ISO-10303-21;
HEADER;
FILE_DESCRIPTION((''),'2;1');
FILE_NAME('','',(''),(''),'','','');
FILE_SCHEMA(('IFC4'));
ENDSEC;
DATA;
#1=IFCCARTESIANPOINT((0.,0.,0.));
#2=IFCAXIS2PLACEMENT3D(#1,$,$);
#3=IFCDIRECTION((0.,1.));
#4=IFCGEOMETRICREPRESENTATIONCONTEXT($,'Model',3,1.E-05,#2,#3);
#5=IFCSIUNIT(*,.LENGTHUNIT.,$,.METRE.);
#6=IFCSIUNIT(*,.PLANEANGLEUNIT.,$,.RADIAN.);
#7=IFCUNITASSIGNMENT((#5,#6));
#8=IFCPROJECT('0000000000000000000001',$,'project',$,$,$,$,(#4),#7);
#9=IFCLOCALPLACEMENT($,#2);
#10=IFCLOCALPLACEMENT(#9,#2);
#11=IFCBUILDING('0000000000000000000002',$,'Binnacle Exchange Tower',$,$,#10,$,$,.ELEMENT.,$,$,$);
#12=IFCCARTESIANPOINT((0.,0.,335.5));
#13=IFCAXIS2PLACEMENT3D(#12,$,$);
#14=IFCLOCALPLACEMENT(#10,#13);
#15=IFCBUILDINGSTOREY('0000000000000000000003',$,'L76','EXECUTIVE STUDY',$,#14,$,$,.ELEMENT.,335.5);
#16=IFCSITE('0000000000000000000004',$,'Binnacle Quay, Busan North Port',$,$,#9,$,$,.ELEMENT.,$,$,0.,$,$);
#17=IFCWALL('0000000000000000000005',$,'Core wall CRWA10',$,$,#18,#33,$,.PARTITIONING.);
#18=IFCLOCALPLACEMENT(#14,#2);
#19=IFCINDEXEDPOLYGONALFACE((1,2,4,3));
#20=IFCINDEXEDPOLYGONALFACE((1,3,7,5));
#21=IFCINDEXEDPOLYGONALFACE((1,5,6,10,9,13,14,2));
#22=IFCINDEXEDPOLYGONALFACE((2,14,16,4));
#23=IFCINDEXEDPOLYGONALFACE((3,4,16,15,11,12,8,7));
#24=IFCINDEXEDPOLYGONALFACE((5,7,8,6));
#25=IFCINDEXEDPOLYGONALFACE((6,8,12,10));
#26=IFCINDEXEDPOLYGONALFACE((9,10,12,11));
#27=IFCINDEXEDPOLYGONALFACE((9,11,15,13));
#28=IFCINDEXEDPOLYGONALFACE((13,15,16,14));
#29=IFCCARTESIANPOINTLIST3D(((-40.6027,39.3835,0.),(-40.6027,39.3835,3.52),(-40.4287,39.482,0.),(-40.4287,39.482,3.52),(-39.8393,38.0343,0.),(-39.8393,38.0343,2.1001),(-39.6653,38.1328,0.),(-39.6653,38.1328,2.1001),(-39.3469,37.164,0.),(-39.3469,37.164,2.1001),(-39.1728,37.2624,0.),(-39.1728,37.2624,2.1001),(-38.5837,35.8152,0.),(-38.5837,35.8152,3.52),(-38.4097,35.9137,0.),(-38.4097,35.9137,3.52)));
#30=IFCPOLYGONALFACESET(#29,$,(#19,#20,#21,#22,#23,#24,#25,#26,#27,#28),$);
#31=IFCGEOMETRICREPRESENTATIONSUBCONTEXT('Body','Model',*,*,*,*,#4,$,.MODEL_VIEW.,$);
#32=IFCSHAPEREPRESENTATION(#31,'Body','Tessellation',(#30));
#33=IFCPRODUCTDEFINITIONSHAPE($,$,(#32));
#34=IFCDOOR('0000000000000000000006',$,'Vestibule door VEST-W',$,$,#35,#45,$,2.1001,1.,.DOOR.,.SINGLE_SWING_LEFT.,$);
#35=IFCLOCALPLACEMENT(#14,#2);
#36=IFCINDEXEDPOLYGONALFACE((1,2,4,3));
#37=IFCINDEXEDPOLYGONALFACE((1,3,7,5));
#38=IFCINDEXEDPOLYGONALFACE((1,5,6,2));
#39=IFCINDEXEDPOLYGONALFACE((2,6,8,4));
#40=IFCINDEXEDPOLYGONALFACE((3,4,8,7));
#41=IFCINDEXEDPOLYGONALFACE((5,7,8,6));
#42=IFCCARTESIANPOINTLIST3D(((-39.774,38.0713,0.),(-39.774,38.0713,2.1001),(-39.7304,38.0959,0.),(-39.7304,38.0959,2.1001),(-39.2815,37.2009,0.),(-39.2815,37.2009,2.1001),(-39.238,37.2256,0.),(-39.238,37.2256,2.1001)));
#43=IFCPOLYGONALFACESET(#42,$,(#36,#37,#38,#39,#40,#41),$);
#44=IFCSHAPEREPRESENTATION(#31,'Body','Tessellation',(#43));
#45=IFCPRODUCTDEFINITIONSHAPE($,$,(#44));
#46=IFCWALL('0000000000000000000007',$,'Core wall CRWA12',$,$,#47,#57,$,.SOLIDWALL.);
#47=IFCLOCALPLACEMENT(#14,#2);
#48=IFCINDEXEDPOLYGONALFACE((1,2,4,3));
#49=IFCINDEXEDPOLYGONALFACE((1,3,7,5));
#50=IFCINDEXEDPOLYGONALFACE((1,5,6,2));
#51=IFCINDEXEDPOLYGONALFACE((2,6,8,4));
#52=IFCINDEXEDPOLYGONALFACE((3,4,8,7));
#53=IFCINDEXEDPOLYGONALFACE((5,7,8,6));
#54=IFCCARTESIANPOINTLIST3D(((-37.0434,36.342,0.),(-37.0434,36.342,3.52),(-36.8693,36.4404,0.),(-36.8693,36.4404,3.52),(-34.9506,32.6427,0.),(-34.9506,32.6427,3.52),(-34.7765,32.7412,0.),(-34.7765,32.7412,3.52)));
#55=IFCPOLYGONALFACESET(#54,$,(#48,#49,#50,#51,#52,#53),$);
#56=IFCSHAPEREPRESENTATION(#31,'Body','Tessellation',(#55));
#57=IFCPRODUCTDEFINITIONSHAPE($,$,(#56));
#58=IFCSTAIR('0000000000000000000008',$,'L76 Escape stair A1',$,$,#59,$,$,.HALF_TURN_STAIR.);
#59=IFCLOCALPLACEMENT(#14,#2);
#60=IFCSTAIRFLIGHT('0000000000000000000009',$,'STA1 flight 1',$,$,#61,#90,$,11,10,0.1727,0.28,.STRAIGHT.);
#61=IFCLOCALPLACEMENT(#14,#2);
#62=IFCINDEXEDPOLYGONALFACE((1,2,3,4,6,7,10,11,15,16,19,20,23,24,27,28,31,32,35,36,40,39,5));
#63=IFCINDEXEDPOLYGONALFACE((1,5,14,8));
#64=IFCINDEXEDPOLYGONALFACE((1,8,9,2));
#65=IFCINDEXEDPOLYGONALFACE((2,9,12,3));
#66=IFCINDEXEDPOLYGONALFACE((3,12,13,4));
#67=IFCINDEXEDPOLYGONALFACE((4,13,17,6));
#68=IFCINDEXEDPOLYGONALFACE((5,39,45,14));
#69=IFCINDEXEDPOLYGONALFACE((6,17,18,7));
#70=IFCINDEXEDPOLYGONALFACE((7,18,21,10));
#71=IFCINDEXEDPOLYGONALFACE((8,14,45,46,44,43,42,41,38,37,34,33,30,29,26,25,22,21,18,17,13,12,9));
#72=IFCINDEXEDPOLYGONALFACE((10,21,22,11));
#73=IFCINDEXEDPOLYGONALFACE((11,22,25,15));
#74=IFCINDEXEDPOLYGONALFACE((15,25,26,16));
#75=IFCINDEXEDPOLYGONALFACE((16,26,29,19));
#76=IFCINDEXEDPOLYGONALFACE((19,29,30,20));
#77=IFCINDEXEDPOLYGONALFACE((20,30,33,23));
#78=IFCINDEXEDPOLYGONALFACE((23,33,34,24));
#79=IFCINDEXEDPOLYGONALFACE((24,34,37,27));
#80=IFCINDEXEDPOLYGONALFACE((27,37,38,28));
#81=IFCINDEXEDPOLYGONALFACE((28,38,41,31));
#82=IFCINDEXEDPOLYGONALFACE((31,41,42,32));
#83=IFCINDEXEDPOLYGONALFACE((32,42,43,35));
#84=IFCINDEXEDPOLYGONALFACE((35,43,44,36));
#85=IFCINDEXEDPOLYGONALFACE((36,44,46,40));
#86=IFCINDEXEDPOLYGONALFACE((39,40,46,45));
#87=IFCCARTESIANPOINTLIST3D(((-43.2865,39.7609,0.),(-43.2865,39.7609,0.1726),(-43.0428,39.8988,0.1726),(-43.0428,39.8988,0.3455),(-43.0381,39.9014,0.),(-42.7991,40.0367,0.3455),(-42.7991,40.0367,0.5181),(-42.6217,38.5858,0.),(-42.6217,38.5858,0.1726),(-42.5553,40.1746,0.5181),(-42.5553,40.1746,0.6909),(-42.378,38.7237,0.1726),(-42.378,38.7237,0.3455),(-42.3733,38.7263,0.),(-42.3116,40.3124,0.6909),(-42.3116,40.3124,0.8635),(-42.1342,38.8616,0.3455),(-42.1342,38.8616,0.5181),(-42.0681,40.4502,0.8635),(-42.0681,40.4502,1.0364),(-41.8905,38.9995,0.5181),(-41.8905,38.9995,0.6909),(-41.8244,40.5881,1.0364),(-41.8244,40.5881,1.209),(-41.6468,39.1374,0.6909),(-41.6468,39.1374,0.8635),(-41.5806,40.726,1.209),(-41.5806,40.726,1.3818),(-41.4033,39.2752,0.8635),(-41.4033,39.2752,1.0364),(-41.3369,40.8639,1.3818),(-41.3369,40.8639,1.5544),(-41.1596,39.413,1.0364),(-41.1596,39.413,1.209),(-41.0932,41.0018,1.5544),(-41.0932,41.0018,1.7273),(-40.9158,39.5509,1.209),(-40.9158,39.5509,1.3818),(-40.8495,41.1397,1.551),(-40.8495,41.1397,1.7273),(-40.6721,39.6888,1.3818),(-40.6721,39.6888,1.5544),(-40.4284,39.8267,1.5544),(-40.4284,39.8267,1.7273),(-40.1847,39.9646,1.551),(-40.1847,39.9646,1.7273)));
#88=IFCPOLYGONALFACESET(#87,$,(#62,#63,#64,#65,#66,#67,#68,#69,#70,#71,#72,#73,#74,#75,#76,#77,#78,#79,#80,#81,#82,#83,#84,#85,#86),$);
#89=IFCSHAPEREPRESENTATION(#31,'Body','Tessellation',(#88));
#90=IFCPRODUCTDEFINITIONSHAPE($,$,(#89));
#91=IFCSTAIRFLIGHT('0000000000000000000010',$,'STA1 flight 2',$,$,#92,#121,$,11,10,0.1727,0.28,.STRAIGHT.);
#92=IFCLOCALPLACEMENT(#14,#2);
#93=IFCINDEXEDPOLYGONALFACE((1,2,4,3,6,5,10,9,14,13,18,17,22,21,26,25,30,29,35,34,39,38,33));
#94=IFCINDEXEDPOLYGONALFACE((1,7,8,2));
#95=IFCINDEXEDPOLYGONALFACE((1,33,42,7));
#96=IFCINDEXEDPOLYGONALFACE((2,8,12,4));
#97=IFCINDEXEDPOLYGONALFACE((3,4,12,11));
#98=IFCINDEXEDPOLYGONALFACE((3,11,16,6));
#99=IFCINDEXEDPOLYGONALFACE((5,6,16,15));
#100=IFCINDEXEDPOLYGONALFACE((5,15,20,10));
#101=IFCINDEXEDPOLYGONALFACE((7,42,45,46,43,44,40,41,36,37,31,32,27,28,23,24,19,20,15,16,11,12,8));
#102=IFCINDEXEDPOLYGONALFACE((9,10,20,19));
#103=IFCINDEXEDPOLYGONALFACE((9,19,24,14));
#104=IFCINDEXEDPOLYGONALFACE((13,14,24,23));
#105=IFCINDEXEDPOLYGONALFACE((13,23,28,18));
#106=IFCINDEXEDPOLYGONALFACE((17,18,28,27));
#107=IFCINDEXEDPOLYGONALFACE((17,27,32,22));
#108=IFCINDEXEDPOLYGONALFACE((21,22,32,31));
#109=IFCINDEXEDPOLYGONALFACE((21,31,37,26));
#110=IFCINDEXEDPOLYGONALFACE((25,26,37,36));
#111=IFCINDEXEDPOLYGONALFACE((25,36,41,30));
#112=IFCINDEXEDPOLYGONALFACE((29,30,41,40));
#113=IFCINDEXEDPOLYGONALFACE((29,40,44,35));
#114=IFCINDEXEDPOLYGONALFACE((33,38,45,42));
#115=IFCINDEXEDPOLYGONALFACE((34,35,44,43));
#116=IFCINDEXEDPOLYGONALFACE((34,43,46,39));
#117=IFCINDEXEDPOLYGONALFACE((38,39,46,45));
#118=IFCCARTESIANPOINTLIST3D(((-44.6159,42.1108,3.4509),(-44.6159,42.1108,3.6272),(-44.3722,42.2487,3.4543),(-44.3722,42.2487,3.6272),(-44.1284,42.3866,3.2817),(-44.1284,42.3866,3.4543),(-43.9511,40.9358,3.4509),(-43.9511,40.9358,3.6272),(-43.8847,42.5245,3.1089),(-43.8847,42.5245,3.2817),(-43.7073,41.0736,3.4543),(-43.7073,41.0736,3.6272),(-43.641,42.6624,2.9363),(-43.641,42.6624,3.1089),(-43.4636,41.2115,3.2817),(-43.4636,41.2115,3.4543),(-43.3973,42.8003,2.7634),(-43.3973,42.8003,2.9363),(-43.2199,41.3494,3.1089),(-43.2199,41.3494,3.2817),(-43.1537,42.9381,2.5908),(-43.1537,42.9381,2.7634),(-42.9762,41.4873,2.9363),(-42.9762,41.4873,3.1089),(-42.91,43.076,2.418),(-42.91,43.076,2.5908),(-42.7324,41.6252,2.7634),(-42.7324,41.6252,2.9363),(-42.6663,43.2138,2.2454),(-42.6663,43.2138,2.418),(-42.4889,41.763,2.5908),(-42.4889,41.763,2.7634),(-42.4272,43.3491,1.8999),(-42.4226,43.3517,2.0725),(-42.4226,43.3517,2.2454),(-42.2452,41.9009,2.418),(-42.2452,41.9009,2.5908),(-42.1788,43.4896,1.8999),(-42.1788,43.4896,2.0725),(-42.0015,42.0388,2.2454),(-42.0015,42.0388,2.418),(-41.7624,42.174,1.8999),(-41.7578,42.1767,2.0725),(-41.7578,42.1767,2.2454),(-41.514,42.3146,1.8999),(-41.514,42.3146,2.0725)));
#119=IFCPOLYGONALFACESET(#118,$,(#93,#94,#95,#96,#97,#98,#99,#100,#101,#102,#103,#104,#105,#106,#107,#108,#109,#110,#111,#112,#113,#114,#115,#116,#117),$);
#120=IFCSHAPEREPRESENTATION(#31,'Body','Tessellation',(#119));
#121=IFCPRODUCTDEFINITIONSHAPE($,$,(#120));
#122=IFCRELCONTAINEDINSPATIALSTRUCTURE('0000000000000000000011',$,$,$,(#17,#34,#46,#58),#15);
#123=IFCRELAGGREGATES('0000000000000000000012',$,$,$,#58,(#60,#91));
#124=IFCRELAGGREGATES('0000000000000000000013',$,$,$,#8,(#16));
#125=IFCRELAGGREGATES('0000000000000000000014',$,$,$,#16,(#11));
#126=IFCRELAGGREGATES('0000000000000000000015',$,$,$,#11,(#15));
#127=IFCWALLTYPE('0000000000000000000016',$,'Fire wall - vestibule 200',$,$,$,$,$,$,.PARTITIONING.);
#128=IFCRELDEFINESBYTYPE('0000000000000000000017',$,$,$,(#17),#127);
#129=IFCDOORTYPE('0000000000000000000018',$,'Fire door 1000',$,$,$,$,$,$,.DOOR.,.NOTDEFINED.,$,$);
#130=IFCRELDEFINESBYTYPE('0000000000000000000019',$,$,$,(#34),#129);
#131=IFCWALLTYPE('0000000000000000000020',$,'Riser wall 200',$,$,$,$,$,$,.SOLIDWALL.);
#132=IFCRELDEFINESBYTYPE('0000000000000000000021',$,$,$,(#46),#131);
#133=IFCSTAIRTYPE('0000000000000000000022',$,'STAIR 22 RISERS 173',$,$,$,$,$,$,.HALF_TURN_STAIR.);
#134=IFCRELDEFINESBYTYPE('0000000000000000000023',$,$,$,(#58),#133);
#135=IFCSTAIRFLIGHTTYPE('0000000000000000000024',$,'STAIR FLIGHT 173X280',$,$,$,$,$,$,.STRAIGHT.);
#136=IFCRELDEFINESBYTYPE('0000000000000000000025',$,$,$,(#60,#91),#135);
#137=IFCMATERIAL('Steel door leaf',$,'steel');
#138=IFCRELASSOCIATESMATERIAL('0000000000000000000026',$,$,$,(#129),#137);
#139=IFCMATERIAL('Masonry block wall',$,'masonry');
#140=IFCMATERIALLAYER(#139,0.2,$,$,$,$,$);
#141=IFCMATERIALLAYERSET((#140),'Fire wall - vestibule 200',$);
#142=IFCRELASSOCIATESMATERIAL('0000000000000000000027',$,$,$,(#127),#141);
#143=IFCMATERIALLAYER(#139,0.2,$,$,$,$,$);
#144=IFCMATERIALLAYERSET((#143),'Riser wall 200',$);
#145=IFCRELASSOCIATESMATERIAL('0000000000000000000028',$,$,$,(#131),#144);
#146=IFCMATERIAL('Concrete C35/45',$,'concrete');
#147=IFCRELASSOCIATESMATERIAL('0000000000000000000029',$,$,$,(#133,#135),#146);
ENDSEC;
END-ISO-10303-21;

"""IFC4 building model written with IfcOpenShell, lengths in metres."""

from ifc_helpers import new_model, si_unit, direction, frame, frame_2d, origin, place, context, subcontext, project, spatial, polyline, rectangle, outline, extrude, material, layer, layer_set, type_object, element, fill, aggregate, save


model = new_model("IFC4")

# Units and contexts
model_context = context("Model", 3, precision=1e-05, world=origin(), true_north=direction((0.0, 1.0)))
body_context = subcontext(model_context, "Body", "Model", "MODEL_VIEW")
ifc_project = project(units=[si_unit("LENGTHUNIT", "METRE"), si_unit("PLANEANGLEUNIT", "RADIAN")], contexts=[model_context])

# Site, building, storey
site_placement = place(None, origin())
site = spatial("IfcSite", under=ifc_project, at=site_placement, Name="Binnacle Quay, Busan North Port", CompositionType="ELEMENT", RefElevation=0.0)
building_placement = place(site_placement, origin())
building = spatial("IfcBuilding", under=site, at=building_placement, Name="Binnacle Exchange Tower", CompositionType="ELEMENT")
storey_placement = place(building_placement, frame((0.0, 0.0, 335.5)))
storey = spatial("IfcBuildingStorey", under=building, at=storey_placement, Name="L76", Description="EXECUTIVE STUDY", CompositionType="ELEMENT", Elevation=335.5)

# Shared definitions
ifc_material_1 = material(Name="Steel door leaf", Category="steel")

# Shared definitions
door_type_1 = type_object("IfcDoorType", Name="Fire door 1000", OperationType="NOTDEFINED", PredefinedType="DOOR", material=ifc_material_1)

# Wall, opening, door
ifc_material_2 = material(Name="Masonry block wall", Category="masonry")
ifc_layer_1 = layer(ifc_material_2, 0.2)
ifc_layer_set_1 = layer_set([ifc_layer_1], Name="Fire wall - vestibule 200")
wall_type_1 = type_object("IfcWallType", Name="Fire wall - vestibule 200", PredefinedType="PARTITIONING", material=ifc_layer_set_1)
wall_1_placement = place(storey_placement, frame((-40.5156, 39.4326, 0.0), z_axis=(0.0, 0.0, 1.0), x_axis=(0.492454, -0.870339, 0.0)))
wall_1 = element("IfcWall", 1, at=wall_1_placement, inside=storey, type_object=wall_type_1, Name="Core wall CRWA10", PredefinedType="PARTITIONING", context=body_context, shape_type="SweptSolid", body=[
    extrude(rectangle(XDim=4.0999, YDim=0.2, at=frame_2d((2.0498, 0.0))), origin(), (0.0, 0.0, 1.0), 3.52),
])
opening_1_placement = place(wall_1_placement, frame((1.55, 0.0, 0.0)))
opening_1 = element("IfcOpeningElement", 2, at=opening_1_placement, cuts=wall_1, PredefinedType="OPENING", context=body_context, shape_type="SweptSolid", body=[
    extrude(rectangle(XDim=1.0, YDim=2.1001, at=frame_2d((0.5, 1.05))), frame((0.0, 0.1099, 0.0), z_axis=(0.0, -1.0, 0.0), x_axis=(1.0, 0.0, 0.0)), (0.0, 0.0, 1.0), 0.22),
])
door_1_placement = place(opening_1_placement, frame((1.0, 0.0, 0.0), z_axis=(0.0, 0.0, 1.0), x_axis=(-1.0, 0.0, 0.0)))
door_1 = element("IfcDoor", 3, at=door_1_placement, inside=storey, type_object=door_type_1, Name="Vestibule door VEST-W", OperationType="SINGLE_SWING_LEFT", OverallHeight=2.1001, OverallWidth=1.0, PredefinedType="DOOR", context=body_context, shape_type="SweptSolid", body=[
    extrude(rectangle(XDim=1.0, YDim=2.1001, at=frame_2d((0.5, 1.05))), frame((0.0, 0.0249, 0.0), z_axis=(0.0, -1.0, 0.0), x_axis=(1.0, 0.0, 0.0)), (0.0, 0.0, 1.0), 0.05),
])
fill(opening_1, door_1)

# Wall
ifc_layer_2 = layer(ifc_material_2, 0.2)
ifc_layer_set_2 = layer_set([ifc_layer_2], Name="Riser wall 200")
wall_type_2 = type_object("IfcWallType", Name="Riser wall 200", PredefinedType="SOLIDWALL", material=ifc_layer_set_2)
wall_2_placement = place(storey_placement, frame((-36.9563, 36.3911, 0.0), z_axis=(0.0, 0.0, 1.0), x_axis=(0.492398, -0.87037, 0.0)))
element("IfcWall", 4, at=wall_2_placement, inside=storey, type_object=wall_type_2, Name="Core wall CRWA12", PredefinedType="SOLIDWALL", context=body_context, shape_type="SweptSolid", body=[
    extrude(rectangle(XDim=4.2502, YDim=0.2, at=frame_2d((2.125, 0.0))), origin(), (0.0, 0.0, 1.0), 3.52),
])

# Stair, stair flights
ifc_material_3 = material(Name="Concrete C35/45", Category="concrete")
stair_type = type_object("IfcStairType", Name="STAIR 22 RISERS 173", PredefinedType="HALF_TURN_STAIR", material=ifc_material_3)
stair_placement = place(storey_placement, origin())
stair = element("IfcStair", 5, at=stair_placement, inside=storey, type_object=stair_type, Name="L76 Escape stair A1", PredefinedType="HALF_TURN_STAIR")
stair_flight_type = type_object("IfcStairFlightType", Name="STAIR FLIGHT 173X280", PredefinedType="STRAIGHT", material=ifc_material_3)
stair_flight_1_placement = place(storey_placement, frame((-42.9541, 39.1733, 0.0), z_axis=(0.0, 0.0, 1.0), x_axis=(0.870356, 0.492424, 0.0)))
stair_flight_1 = element("IfcStairFlight", 6, at=stair_flight_1_placement, type_object=stair_flight_type, Name="STA1 flight 1", NumberOfRisers=11, NumberOfTreads=10, PredefinedType="STRAIGHT", RiserHeight=0.1727, TreadLength=0.28, context=body_context, shape_type="SweptSolid", body=[
    extrude(outline(polyline([(0.0, 0.0), (0.0, 0.1726), (0.28, 0.1726), (0.28, 0.3455), (0.5601, 0.3455), (0.5601, 0.5181), (0.8401, 0.5181), (0.8401, 0.6909), (1.1201, 0.6909), (1.1201, 0.8635), (1.3999, 0.8635), (1.3999, 1.0364), (1.6799, 1.0364), (1.6799, 1.209), (1.96, 1.209), (1.96, 1.3818), (2.24, 1.3818), (2.24, 1.5544), (2.52, 1.5544), (2.52, 1.7273), (2.8, 1.7273), (2.8, 1.8999), (2.8, 1.551), (0.2854, 0.0), (0.0, 0.0)])), frame((0.0, 0.675, 0.0), z_axis=(0.0, -1.0, 0.0), x_axis=(1.0, 0.0, 0.0)), (0.0, 0.0, 1.0), 1.3501),
])
stair_flight_2_placement = place(storey_placement, frame((-41.8464, 42.9021, 1.8999), z_axis=(0.0, 0.0, 1.0), x_axis=(-0.870356, -0.492424, 0.0)))
stair_flight_2 = element("IfcStairFlight", 7, at=stair_flight_2_placement, type_object=stair_flight_type, Name="STA1 flight 2", NumberOfRisers=11, NumberOfTreads=10, PredefinedType="STRAIGHT", RiserHeight=0.1727, TreadLength=0.28, context=body_context, shape_type="SweptSolid", body=[
    extrude(outline(polyline([(0.0, 0.0), (0.0, 0.1726), (0.28, 0.1726), (0.28, 0.3455), (0.5601, 0.3455), (0.5601, 0.5181), (0.8401, 0.5181), (0.8401, 0.6909), (1.1201, 0.6909), (1.1201, 0.8635), (1.3999, 0.8635), (1.3999, 1.0364), (1.6799, 1.0364), (1.6799, 1.209), (1.96, 1.209), (1.96, 1.3818), (2.24, 1.3818), (2.24, 1.5544), (2.52, 1.5544), (2.52, 1.7273), (2.8, 1.7273), (2.8, 1.8999), (2.8, 1.551), (0.2854, 0.0), (0.0, 0.0)])), frame((0.0, 0.675, 0.0), z_axis=(0.0, -1.0, 0.0), x_axis=(1.0, 0.0, 0.0)), (0.0, 0.0, 1.0), 1.3501),
])
aggregate(stair, [stair_flight_1, stair_flight_2])

save(model, "model.ifc")
